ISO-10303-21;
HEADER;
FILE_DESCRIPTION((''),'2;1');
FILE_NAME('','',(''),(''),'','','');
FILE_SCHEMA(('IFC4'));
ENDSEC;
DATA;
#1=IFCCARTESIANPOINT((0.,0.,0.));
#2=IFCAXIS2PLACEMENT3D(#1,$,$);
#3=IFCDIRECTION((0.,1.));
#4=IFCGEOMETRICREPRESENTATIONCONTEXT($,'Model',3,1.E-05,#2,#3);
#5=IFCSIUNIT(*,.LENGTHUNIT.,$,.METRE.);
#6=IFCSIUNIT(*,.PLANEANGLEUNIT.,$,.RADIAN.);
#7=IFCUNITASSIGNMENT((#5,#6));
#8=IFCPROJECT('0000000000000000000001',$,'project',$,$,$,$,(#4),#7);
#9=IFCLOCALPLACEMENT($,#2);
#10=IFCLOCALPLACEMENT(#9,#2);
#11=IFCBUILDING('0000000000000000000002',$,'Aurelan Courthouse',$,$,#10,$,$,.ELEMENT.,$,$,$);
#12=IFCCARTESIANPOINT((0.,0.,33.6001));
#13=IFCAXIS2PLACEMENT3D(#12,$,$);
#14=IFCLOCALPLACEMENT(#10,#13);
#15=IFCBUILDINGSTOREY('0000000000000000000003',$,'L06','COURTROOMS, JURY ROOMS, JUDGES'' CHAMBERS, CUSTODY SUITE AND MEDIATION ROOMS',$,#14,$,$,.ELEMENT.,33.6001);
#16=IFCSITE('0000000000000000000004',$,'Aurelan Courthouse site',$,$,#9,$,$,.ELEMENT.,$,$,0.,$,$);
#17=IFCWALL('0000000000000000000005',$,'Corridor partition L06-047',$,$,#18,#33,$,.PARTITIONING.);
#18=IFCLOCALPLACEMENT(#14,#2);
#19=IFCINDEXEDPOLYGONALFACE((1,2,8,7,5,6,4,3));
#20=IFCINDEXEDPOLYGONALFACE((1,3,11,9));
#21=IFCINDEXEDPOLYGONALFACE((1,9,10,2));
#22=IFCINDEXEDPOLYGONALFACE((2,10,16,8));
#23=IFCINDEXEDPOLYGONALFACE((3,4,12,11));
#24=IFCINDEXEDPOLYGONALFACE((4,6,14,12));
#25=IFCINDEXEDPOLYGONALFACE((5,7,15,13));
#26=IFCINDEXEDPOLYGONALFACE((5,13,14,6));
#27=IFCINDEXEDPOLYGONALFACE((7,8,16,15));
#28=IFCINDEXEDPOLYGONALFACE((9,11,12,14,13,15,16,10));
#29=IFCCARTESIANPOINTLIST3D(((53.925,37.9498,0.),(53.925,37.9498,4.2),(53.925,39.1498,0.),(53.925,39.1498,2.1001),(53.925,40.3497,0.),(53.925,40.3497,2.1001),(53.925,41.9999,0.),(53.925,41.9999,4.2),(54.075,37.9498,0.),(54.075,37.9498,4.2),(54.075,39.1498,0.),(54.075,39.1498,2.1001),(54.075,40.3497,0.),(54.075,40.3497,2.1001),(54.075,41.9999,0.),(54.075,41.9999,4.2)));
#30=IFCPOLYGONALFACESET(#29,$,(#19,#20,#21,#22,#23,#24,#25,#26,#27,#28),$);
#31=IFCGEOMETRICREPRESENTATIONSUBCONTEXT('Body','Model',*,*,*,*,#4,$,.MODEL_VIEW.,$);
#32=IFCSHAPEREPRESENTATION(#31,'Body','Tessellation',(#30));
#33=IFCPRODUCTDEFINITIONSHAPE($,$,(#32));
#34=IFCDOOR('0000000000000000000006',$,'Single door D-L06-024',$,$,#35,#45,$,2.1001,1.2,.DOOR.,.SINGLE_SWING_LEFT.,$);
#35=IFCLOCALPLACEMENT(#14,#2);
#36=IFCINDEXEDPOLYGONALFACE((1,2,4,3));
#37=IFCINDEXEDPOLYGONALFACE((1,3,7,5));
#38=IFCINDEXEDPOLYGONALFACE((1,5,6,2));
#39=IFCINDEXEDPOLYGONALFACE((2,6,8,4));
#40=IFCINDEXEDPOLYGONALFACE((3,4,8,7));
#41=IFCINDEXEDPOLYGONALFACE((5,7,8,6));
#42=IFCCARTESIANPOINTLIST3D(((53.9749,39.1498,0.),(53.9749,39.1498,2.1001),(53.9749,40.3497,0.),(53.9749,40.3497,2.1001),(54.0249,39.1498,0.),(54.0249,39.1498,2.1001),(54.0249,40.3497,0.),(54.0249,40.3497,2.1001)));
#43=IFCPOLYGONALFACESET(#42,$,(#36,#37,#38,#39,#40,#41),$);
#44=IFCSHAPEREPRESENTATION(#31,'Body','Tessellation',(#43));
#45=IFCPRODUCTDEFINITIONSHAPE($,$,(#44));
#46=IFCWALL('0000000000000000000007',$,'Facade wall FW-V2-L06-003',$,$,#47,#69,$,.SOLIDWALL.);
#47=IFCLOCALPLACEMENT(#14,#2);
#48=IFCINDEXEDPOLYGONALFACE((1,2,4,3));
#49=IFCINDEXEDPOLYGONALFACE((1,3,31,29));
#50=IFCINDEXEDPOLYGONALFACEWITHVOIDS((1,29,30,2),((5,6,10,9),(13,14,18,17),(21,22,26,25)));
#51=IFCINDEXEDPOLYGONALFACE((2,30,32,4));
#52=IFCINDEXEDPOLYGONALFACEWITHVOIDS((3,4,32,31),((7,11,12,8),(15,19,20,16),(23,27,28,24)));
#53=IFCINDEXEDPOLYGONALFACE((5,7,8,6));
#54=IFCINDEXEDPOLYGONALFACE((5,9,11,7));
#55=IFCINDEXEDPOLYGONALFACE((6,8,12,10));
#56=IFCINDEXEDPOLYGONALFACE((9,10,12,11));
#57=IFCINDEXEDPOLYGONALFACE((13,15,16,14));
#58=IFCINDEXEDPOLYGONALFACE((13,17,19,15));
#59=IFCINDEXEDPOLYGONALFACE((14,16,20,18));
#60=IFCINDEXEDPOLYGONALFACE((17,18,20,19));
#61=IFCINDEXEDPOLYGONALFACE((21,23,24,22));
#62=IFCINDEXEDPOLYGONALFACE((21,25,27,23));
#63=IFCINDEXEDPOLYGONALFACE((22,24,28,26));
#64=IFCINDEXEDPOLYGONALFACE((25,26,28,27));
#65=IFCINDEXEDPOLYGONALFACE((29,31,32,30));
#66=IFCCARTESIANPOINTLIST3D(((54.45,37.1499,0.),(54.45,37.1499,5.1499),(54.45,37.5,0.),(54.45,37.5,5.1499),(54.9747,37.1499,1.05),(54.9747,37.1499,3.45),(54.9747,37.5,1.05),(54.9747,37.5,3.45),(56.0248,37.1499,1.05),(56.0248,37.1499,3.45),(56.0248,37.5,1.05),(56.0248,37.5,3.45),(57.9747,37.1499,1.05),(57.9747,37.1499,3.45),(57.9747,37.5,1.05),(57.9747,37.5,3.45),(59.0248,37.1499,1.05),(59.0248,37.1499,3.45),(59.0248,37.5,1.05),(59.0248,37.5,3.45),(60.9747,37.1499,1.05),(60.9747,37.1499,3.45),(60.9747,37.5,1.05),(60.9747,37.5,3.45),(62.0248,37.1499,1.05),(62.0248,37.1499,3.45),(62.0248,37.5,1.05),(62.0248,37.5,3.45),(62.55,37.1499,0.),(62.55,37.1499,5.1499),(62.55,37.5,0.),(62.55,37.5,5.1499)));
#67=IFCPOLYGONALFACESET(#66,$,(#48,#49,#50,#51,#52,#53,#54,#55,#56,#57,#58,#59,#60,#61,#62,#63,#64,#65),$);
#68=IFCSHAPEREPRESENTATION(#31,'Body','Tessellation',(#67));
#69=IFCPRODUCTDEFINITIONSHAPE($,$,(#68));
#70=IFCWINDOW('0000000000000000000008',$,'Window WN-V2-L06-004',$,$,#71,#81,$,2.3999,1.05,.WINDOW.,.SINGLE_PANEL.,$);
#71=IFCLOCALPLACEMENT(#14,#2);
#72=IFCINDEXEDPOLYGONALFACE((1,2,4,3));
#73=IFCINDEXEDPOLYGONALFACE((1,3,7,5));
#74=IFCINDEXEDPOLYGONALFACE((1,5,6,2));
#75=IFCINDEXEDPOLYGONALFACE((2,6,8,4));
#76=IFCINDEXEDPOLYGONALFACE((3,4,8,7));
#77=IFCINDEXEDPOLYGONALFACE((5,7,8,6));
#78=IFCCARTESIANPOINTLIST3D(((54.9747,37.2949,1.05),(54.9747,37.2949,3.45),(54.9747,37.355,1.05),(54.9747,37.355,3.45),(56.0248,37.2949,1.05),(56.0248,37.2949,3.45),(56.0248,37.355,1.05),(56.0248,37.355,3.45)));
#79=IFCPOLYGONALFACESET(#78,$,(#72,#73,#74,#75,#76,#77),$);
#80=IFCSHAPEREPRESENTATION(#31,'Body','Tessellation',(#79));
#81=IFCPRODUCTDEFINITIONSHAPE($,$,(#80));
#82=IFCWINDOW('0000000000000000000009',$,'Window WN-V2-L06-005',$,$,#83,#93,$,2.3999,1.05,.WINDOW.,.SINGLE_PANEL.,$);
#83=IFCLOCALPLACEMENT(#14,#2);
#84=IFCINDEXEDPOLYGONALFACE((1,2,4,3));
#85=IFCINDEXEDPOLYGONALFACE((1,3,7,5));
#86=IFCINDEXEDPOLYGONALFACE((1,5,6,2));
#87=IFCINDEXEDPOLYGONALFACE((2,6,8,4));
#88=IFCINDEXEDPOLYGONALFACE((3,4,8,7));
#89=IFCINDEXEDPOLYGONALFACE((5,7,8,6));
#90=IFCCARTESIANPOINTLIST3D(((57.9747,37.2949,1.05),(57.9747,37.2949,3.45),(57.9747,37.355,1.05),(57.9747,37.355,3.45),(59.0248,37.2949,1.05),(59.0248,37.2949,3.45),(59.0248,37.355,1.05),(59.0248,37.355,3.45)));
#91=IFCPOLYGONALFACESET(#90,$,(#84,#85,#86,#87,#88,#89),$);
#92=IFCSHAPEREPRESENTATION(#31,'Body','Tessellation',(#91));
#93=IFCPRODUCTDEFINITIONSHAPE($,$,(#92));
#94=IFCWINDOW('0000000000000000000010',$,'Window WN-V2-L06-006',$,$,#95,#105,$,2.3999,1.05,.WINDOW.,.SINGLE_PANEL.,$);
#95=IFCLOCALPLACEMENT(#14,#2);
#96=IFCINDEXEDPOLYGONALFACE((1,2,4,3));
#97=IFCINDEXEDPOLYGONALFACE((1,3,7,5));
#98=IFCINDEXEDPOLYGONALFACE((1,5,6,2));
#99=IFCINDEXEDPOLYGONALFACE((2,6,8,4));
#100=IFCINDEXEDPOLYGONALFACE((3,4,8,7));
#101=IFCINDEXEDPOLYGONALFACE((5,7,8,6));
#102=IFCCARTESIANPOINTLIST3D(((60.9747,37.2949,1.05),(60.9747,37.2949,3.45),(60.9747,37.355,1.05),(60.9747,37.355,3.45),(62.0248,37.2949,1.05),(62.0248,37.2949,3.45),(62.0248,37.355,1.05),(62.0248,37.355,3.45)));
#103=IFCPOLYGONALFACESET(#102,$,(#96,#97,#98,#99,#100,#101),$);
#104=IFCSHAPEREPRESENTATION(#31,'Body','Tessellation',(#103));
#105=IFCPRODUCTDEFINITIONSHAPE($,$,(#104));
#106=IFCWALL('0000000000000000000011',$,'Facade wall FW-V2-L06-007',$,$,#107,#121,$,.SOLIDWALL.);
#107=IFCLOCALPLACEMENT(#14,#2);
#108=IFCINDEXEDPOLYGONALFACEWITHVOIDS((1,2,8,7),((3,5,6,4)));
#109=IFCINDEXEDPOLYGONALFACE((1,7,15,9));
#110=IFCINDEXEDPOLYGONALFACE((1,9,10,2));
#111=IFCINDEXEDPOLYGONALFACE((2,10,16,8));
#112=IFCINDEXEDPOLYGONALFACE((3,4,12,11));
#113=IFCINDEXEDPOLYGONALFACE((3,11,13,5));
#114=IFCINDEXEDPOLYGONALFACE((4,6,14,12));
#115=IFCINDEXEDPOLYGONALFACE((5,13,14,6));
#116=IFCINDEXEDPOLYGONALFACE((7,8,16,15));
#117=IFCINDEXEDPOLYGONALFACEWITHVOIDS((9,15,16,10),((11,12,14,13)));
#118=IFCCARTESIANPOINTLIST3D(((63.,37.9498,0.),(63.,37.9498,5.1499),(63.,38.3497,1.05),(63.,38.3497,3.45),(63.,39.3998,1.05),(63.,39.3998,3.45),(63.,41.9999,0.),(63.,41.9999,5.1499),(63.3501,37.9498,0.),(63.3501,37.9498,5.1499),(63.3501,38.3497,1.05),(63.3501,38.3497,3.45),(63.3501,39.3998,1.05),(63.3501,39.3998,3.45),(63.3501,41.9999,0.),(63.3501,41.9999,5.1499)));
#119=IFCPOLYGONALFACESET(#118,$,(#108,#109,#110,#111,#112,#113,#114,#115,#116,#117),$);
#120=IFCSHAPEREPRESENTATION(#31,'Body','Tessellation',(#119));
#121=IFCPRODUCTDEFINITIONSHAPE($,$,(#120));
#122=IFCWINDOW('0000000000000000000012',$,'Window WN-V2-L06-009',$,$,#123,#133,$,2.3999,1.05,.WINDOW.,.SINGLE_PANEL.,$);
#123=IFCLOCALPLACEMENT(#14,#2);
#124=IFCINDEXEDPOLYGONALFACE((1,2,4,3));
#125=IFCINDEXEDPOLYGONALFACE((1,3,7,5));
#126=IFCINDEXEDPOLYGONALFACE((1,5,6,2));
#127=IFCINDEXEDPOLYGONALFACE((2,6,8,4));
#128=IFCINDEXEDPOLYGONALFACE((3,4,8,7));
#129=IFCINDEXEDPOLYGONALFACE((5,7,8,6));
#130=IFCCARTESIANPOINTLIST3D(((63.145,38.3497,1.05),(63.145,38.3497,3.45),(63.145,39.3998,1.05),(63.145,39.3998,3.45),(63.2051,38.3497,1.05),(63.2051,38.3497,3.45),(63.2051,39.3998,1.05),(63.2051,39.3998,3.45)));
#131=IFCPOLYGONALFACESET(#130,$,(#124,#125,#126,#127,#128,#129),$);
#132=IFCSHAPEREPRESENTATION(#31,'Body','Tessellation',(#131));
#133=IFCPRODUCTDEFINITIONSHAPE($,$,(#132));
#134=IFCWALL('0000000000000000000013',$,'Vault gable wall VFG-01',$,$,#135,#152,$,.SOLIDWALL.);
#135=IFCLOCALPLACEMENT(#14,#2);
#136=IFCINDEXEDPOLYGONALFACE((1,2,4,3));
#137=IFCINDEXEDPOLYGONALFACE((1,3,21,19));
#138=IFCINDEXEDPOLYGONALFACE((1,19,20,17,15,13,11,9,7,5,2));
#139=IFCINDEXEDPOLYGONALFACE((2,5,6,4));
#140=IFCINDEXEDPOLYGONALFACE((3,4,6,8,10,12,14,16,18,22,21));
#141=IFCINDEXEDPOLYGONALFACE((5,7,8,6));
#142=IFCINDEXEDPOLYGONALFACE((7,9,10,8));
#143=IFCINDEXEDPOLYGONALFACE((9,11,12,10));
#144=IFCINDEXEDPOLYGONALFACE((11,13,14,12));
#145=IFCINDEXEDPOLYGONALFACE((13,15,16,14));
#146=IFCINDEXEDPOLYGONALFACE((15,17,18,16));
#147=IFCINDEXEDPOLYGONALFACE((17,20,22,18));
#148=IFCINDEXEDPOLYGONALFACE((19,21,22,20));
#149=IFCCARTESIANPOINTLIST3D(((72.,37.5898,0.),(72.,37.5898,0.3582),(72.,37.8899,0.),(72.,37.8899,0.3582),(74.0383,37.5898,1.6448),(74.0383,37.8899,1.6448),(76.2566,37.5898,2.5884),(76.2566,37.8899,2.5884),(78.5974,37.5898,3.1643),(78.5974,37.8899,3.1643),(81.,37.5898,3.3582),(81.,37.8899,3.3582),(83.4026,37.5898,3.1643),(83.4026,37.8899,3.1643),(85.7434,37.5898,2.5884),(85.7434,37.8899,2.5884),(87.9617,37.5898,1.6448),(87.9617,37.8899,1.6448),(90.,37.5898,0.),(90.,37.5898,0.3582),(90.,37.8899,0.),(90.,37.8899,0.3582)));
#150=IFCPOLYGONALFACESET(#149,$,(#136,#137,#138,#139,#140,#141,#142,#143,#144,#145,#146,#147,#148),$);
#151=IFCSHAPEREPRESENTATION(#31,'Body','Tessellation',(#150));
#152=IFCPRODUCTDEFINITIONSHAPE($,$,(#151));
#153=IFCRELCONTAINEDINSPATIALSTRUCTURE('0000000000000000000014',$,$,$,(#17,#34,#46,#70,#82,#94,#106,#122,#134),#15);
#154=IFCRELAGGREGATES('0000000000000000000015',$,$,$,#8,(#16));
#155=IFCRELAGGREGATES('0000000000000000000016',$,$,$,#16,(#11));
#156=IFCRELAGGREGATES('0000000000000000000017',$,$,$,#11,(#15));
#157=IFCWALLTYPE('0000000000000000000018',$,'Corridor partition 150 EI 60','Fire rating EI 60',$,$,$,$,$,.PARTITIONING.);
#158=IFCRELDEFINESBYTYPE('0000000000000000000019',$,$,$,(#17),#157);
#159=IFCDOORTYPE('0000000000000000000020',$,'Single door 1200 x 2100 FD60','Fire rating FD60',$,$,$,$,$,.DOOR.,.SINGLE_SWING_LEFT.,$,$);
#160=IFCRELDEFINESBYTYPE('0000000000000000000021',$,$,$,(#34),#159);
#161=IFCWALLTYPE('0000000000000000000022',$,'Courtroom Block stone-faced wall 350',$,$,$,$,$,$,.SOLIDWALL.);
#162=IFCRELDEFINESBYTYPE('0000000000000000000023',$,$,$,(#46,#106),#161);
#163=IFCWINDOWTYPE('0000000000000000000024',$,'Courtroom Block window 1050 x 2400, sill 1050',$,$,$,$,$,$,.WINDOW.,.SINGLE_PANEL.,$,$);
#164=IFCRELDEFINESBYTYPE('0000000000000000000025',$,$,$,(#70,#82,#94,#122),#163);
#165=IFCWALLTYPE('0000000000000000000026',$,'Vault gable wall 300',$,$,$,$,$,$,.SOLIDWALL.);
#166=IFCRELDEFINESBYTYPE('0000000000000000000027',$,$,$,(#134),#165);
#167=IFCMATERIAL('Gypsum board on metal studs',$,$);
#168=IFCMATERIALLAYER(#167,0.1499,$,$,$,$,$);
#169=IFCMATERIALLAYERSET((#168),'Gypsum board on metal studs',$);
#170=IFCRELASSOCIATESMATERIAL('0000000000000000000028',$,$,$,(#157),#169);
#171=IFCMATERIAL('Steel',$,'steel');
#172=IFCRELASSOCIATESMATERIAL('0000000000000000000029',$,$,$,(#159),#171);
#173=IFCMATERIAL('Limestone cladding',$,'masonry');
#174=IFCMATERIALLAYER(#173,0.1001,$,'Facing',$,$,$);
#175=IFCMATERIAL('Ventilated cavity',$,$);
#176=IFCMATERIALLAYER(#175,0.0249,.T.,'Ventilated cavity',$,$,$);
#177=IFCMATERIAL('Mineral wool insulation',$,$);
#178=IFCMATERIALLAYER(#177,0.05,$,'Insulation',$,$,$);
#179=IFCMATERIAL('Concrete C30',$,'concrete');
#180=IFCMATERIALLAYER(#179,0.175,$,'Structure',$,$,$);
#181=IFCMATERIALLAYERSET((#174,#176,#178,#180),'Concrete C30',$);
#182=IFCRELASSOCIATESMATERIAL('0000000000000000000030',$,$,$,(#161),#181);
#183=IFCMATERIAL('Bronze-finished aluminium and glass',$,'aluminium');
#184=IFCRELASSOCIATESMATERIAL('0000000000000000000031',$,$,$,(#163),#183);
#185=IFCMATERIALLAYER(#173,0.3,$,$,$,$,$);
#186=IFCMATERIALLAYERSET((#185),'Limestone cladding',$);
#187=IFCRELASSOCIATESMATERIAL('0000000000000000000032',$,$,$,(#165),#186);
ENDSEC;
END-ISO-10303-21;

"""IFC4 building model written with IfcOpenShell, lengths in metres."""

from ifc_helpers import new_model, si_unit, direction, frame, frame_2d, origin, place, context, subcontext, project, spatial, polyline, rectangle, outline, extrude, material, layer, layer_set, type_object, element, fill, save


model = new_model("IFC4")

# Units and contexts
model_context = context("Model", 3, precision=1e-05, world=origin(), true_north=direction((0.0, 1.0)))
body_context = subcontext(model_context, "Body", "Model", "MODEL_VIEW")
ifc_project = project(units=[si_unit("LENGTHUNIT", "METRE"), si_unit("PLANEANGLEUNIT", "RADIAN")], contexts=[model_context])

# Site, building, storey
site_placement = place(None, origin())
site = spatial("IfcSite", under=ifc_project, at=site_placement, Name="Aurelan Courthouse site", CompositionType="ELEMENT", RefElevation=0.0)
building_placement = place(site_placement, origin())
building = spatial("IfcBuilding", under=site, at=building_placement, Name="Aurelan Courthouse", CompositionType="ELEMENT")
storey_placement = place(building_placement, frame((0.0, 0.0, 33.6001)))
storey = spatial("IfcBuildingStorey", under=building, at=storey_placement, Name="L06", Description="COURTROOMS, JURY ROOMS, JUDGES' CHAMBERS, CUSTODY SUITE AND MEDIATION ROOMS", CompositionType="ELEMENT", Elevation=33.6001)

# Shared definitions
ifc_material_1 = material(Name="Bronze-finished aluminium and glass", Category="aluminium")

# Wall, opening, door
ifc_material_2 = material(Name="Gypsum board on metal studs")
ifc_layer_1 = layer(ifc_material_2, 0.1499)
ifc_layer_set_1 = layer_set([ifc_layer_1], Name="Gypsum board on metal studs")
wall_type_1 = type_object("IfcWallType", Name="Corridor partition 150 EI 60", Description="Fire rating EI 60", PredefinedType="PARTITIONING", material=ifc_layer_set_1)
wall_1_placement = place(storey_placement, frame((54.0, 37.95, 0.0), z_axis=(0.0, 0.0, 1.0), x_axis=(0.0, 1.0, 0.0)))
wall_1 = element("IfcWall", 1, at=wall_1_placement, inside=storey, type_object=wall_type_1, Name="Corridor partition L06-047", PredefinedType="PARTITIONING", context=body_context, shape_type="SweptSolid", body=[
    extrude(rectangle(XDim=4.05, YDim=0.1499, at=frame_2d((2.0249, 0.0))), origin(), (0.0, 0.0, 1.0), 4.2),
])
opening_1_placement = place(wall_1_placement, frame((2.3999, 0.0, 0.0), z_axis=(0.0, 0.0, 1.0), x_axis=(-1.0, 0.0, 0.0)))
opening_1 = element("IfcOpeningElement", 2, at=opening_1_placement, cuts=wall_1, PredefinedType="OPENING", context=body_context, shape_type="SweptSolid", body=[
    extrude(rectangle(XDim=1.2, YDim=2.1001, at=frame_2d((0.6001, 1.05))), frame((0.0, 0.085, 0.0), z_axis=(0.0, -1.0, 0.0), x_axis=(1.0, 0.0, 0.0)), (0.0, 0.0, 1.0), 0.1699),
])
ifc_material_3 = material(Name="Steel", Category="steel")
door_type = type_object("IfcDoorType", Name="Single door 1200 x 2100 FD60", Description="Fire rating FD60", OperationType="SINGLE_SWING_LEFT", PredefinedType="DOOR", material=ifc_material_3)
door_placement = place(opening_1_placement, origin())
door = element("IfcDoor", 3, at=door_placement, inside=storey, type_object=door_type, Name="Single door D-L06-024", OperationType="SINGLE_SWING_LEFT", OverallHeight=2.1001, OverallWidth=1.2, PredefinedType="DOOR", context=body_context, shape_type="SweptSolid", body=[
    extrude(rectangle(XDim=1.2, YDim=2.1001, at=frame_2d((0.6001, 1.05))), frame((0.0, 0.0249, 0.0), z_axis=(0.0, -1.0, 0.0), x_axis=(1.0, 0.0, 0.0)), (0.0, 0.0, 1.0), 0.05),
])
fill(opening_1, door)

# Wall, openings, windows
ifc_material_4 = material(Name="Limestone cladding", Category="masonry")
ifc_layer_2 = layer(ifc_material_4, 0.1001, Name="Facing")
ifc_material_5 = material(Name="Ventilated cavity")
ifc_layer_3 = layer(ifc_material_5, 0.0249, ventilated=True, Name="Ventilated cavity")
ifc_material_6 = material(Name="Mineral wool insulation")
ifc_layer_4 = layer(ifc_material_6, 0.05, Name="Insulation")
ifc_material_7 = material(Name="Concrete C30", Category="concrete")
ifc_layer_5 = layer(ifc_material_7, 0.175, Name="Structure")
ifc_layer_set_2 = layer_set([ifc_layer_2, ifc_layer_3, ifc_layer_4, ifc_layer_5], Name="Concrete C30")
wall_type_2 = type_object("IfcWallType", Name="Courtroom Block stone-faced wall 350", PredefinedType="SOLIDWALL", material=ifc_layer_set_2)
wall_2_placement = place(storey_placement, frame((54.45, 37.325, 0.0), z_axis=(0.0, 0.0, 1.0), x_axis=(1.0, 0.0, 0.0)))
wall_2 = element("IfcWall", 4, at=wall_2_placement, inside=storey, type_object=wall_type_2, Name="Facade wall FW-V2-L06-003", PredefinedType="SOLIDWALL", context=body_context, shape_type="SweptSolid", body=[
    extrude(rectangle(XDim=8.1001, YDim=0.3501, at=frame_2d((4.05, 0.0))), origin(), (0.0, 0.0, 1.0), 5.1499),
])
opening_2_placement = place(wall_2_placement, frame((0.5249, 0.0, 1.05)))
opening_2 = element("IfcOpeningElement", 5, at=opening_2_placement, cuts=wall_2, PredefinedType="OPENING", context=body_context, shape_type="SweptSolid", body=[
    extrude(rectangle(XDim=1.05, YDim=2.3999, at=frame_2d((0.5249, 1.2))), frame((0.0, 0.1851, 0.0), z_axis=(0.0, -1.0, 0.0), x_axis=(1.0, 0.0, 0.0)), (0.0, 0.0, 1.0), 0.3701),
])
opening_3_placement = place(wall_2_placement, frame((3.5249, 0.0, 1.05)))
opening_3 = element("IfcOpeningElement", 6, at=opening_3_placement, cuts=wall_2, PredefinedType="OPENING", context=body_context, shape_type="SweptSolid", body=[
    extrude(rectangle(XDim=1.05, YDim=2.3999, at=frame_2d((0.5249, 1.2))), frame((0.0, 0.1851, 0.0), z_axis=(0.0, -1.0, 0.0), x_axis=(1.0, 0.0, 0.0)), (0.0, 0.0, 1.0), 0.3701),
])
opening_4_placement = place(wall_2_placement, frame((6.5249, 0.0, 1.05)))
opening_4 = element("IfcOpeningElement", 7, at=opening_4_placement, cuts=wall_2, PredefinedType="OPENING", context=body_context, shape_type="SweptSolid", body=[
    extrude(rectangle(XDim=1.05, YDim=2.3999, at=frame_2d((0.5249, 1.2))), frame((0.0, 0.1851, 0.0), z_axis=(0.0, -1.0, 0.0), x_axis=(1.0, 0.0, 0.0)), (0.0, 0.0, 1.0), 0.3701),
])
window_type = type_object("IfcWindowType", Name="Courtroom Block window 1050 x 2400, sill 1050", PartitioningType="SINGLE_PANEL", PredefinedType="WINDOW", material=ifc_material_1)
window_1_placement = place(opening_2_placement, origin())
window_1 = element("IfcWindow", 8, at=window_1_placement, inside=storey, type_object=window_type, Name="Window WN-V2-L06-004", OverallHeight=2.3999, OverallWidth=1.05, PartitioningType="SINGLE_PANEL", PredefinedType="WINDOW", context=body_context, shape_type="SweptSolid", body=[
    extrude(rectangle(XDim=1.05, YDim=2.3999, at=frame_2d((0.5249, 1.2))), frame((0.0, 0.03, 0.0), z_axis=(0.0, -1.0, 0.0), x_axis=(1.0, 0.0, 0.0)), (0.0, 0.0, 1.0), 0.0601),
])
fill(opening_2, window_1)
window_2_placement = place(opening_3_placement, origin())
window_2 = element("IfcWindow", 9, at=window_2_placement, inside=storey, type_object=window_type, Name="Window WN-V2-L06-005", OverallHeight=2.3999, OverallWidth=1.05, PartitioningType="SINGLE_PANEL", PredefinedType="WINDOW", context=body_context, shape_type="SweptSolid", body=[
    extrude(rectangle(XDim=1.05, YDim=2.3999, at=frame_2d((0.5249, 1.2))), frame((0.0, 0.03, 0.0), z_axis=(0.0, -1.0, 0.0), x_axis=(1.0, 0.0, 0.0)), (0.0, 0.0, 1.0), 0.0601),
])
fill(opening_3, window_2)
window_3_placement = place(opening_4_placement, origin())
window_3 = element("IfcWindow", 10, at=window_3_placement, inside=storey, type_object=window_type, Name="Window WN-V2-L06-006", OverallHeight=2.3999, OverallWidth=1.05, PartitioningType="SINGLE_PANEL", PredefinedType="WINDOW", context=body_context, shape_type="SweptSolid", body=[
    extrude(rectangle(XDim=1.05, YDim=2.3999, at=frame_2d((0.5249, 1.2))), frame((0.0, 0.03, 0.0), z_axis=(0.0, -1.0, 0.0), x_axis=(1.0, 0.0, 0.0)), (0.0, 0.0, 1.0), 0.0601),
])
fill(opening_4, window_3)

# Wall, opening, window
wall_3_placement = place(storey_placement, frame((63.175, 37.95, 0.0), z_axis=(0.0, 0.0, 1.0), x_axis=(0.0, 1.0, 0.0)))
wall_3 = element("IfcWall", 11, at=wall_3_placement, inside=storey, type_object=wall_type_2, Name="Facade wall FW-V2-L06-007", PredefinedType="SOLIDWALL", context=body_context, shape_type="SweptSolid", body=[
    extrude(rectangle(XDim=4.05, YDim=0.3501, at=frame_2d((2.0249, 0.0))), origin(), (0.0, 0.0, 1.0), 5.1499),
])
opening_5_placement = place(wall_3_placement, frame((0.3999, 0.0, 1.05)))
opening_5 = element("IfcOpeningElement", 12, at=opening_5_placement, cuts=wall_3, PredefinedType="OPENING", context=body_context, shape_type="SweptSolid", body=[
    extrude(rectangle(XDim=1.05, YDim=2.3999, at=frame_2d((0.5249, 1.2))), frame((0.0, 0.1851, 0.0), z_axis=(0.0, -1.0, 0.0), x_axis=(1.0, 0.0, 0.0)), (0.0, 0.0, 1.0), 0.3701),
])
window_4_placement = place(opening_5_placement, origin())
window_4 = element("IfcWindow", 13, at=window_4_placement, inside=storey, type_object=window_type, Name="Window WN-V2-L06-009", OverallHeight=2.3999, OverallWidth=1.05, PartitioningType="SINGLE_PANEL", PredefinedType="WINDOW", context=body_context, shape_type="SweptSolid", body=[
    extrude(rectangle(XDim=1.05, YDim=2.3999, at=frame_2d((0.5249, 1.2))), frame((0.0, 0.03, 0.0), z_axis=(0.0, -1.0, 0.0), x_axis=(1.0, 0.0, 0.0)), (0.0, 0.0, 1.0), 0.0601),
])
fill(opening_5, window_4)

# Wall
ifc_layer_6 = layer(ifc_material_4, 0.3)
ifc_layer_set_3 = layer_set([ifc_layer_6], Name="Limestone cladding")
wall_type_3 = type_object("IfcWallType", Name="Vault gable wall 300", PredefinedType="SOLIDWALL", material=ifc_layer_set_3)
wall_4_placement = place(storey_placement, frame((72.0, 37.74, 0.0), z_axis=(0.0, 0.0, 1.0), x_axis=(1.0, 0.0, 0.0)))
element("IfcWall", 14, at=wall_4_placement, inside=storey, type_object=wall_type_3, Name="Vault gable wall VFG-01", PredefinedType="SOLIDWALL", context=body_context, shape_type="SweptSolid", body=[
    extrude(outline(polyline([(0.0, 0.0), (18.0, 0.0), (18.0, 0.3582), (15.9617, 1.6448), (13.7434, 2.5884), (11.4026, 3.1643), (9.0, 3.3582), (6.5974, 3.1643), (4.2566, 2.5884), (2.0383, 1.6448), (0.0, 0.3582), (0.0, 0.0)])), frame((0.0, 0.1499, 0.0), z_axis=(0.0, -1.0, 0.0), x_axis=(1.0, 0.0, 0.0)), (0.0, 0.0, 1.0), 0.3),
])

save(model, "model.ifc")
